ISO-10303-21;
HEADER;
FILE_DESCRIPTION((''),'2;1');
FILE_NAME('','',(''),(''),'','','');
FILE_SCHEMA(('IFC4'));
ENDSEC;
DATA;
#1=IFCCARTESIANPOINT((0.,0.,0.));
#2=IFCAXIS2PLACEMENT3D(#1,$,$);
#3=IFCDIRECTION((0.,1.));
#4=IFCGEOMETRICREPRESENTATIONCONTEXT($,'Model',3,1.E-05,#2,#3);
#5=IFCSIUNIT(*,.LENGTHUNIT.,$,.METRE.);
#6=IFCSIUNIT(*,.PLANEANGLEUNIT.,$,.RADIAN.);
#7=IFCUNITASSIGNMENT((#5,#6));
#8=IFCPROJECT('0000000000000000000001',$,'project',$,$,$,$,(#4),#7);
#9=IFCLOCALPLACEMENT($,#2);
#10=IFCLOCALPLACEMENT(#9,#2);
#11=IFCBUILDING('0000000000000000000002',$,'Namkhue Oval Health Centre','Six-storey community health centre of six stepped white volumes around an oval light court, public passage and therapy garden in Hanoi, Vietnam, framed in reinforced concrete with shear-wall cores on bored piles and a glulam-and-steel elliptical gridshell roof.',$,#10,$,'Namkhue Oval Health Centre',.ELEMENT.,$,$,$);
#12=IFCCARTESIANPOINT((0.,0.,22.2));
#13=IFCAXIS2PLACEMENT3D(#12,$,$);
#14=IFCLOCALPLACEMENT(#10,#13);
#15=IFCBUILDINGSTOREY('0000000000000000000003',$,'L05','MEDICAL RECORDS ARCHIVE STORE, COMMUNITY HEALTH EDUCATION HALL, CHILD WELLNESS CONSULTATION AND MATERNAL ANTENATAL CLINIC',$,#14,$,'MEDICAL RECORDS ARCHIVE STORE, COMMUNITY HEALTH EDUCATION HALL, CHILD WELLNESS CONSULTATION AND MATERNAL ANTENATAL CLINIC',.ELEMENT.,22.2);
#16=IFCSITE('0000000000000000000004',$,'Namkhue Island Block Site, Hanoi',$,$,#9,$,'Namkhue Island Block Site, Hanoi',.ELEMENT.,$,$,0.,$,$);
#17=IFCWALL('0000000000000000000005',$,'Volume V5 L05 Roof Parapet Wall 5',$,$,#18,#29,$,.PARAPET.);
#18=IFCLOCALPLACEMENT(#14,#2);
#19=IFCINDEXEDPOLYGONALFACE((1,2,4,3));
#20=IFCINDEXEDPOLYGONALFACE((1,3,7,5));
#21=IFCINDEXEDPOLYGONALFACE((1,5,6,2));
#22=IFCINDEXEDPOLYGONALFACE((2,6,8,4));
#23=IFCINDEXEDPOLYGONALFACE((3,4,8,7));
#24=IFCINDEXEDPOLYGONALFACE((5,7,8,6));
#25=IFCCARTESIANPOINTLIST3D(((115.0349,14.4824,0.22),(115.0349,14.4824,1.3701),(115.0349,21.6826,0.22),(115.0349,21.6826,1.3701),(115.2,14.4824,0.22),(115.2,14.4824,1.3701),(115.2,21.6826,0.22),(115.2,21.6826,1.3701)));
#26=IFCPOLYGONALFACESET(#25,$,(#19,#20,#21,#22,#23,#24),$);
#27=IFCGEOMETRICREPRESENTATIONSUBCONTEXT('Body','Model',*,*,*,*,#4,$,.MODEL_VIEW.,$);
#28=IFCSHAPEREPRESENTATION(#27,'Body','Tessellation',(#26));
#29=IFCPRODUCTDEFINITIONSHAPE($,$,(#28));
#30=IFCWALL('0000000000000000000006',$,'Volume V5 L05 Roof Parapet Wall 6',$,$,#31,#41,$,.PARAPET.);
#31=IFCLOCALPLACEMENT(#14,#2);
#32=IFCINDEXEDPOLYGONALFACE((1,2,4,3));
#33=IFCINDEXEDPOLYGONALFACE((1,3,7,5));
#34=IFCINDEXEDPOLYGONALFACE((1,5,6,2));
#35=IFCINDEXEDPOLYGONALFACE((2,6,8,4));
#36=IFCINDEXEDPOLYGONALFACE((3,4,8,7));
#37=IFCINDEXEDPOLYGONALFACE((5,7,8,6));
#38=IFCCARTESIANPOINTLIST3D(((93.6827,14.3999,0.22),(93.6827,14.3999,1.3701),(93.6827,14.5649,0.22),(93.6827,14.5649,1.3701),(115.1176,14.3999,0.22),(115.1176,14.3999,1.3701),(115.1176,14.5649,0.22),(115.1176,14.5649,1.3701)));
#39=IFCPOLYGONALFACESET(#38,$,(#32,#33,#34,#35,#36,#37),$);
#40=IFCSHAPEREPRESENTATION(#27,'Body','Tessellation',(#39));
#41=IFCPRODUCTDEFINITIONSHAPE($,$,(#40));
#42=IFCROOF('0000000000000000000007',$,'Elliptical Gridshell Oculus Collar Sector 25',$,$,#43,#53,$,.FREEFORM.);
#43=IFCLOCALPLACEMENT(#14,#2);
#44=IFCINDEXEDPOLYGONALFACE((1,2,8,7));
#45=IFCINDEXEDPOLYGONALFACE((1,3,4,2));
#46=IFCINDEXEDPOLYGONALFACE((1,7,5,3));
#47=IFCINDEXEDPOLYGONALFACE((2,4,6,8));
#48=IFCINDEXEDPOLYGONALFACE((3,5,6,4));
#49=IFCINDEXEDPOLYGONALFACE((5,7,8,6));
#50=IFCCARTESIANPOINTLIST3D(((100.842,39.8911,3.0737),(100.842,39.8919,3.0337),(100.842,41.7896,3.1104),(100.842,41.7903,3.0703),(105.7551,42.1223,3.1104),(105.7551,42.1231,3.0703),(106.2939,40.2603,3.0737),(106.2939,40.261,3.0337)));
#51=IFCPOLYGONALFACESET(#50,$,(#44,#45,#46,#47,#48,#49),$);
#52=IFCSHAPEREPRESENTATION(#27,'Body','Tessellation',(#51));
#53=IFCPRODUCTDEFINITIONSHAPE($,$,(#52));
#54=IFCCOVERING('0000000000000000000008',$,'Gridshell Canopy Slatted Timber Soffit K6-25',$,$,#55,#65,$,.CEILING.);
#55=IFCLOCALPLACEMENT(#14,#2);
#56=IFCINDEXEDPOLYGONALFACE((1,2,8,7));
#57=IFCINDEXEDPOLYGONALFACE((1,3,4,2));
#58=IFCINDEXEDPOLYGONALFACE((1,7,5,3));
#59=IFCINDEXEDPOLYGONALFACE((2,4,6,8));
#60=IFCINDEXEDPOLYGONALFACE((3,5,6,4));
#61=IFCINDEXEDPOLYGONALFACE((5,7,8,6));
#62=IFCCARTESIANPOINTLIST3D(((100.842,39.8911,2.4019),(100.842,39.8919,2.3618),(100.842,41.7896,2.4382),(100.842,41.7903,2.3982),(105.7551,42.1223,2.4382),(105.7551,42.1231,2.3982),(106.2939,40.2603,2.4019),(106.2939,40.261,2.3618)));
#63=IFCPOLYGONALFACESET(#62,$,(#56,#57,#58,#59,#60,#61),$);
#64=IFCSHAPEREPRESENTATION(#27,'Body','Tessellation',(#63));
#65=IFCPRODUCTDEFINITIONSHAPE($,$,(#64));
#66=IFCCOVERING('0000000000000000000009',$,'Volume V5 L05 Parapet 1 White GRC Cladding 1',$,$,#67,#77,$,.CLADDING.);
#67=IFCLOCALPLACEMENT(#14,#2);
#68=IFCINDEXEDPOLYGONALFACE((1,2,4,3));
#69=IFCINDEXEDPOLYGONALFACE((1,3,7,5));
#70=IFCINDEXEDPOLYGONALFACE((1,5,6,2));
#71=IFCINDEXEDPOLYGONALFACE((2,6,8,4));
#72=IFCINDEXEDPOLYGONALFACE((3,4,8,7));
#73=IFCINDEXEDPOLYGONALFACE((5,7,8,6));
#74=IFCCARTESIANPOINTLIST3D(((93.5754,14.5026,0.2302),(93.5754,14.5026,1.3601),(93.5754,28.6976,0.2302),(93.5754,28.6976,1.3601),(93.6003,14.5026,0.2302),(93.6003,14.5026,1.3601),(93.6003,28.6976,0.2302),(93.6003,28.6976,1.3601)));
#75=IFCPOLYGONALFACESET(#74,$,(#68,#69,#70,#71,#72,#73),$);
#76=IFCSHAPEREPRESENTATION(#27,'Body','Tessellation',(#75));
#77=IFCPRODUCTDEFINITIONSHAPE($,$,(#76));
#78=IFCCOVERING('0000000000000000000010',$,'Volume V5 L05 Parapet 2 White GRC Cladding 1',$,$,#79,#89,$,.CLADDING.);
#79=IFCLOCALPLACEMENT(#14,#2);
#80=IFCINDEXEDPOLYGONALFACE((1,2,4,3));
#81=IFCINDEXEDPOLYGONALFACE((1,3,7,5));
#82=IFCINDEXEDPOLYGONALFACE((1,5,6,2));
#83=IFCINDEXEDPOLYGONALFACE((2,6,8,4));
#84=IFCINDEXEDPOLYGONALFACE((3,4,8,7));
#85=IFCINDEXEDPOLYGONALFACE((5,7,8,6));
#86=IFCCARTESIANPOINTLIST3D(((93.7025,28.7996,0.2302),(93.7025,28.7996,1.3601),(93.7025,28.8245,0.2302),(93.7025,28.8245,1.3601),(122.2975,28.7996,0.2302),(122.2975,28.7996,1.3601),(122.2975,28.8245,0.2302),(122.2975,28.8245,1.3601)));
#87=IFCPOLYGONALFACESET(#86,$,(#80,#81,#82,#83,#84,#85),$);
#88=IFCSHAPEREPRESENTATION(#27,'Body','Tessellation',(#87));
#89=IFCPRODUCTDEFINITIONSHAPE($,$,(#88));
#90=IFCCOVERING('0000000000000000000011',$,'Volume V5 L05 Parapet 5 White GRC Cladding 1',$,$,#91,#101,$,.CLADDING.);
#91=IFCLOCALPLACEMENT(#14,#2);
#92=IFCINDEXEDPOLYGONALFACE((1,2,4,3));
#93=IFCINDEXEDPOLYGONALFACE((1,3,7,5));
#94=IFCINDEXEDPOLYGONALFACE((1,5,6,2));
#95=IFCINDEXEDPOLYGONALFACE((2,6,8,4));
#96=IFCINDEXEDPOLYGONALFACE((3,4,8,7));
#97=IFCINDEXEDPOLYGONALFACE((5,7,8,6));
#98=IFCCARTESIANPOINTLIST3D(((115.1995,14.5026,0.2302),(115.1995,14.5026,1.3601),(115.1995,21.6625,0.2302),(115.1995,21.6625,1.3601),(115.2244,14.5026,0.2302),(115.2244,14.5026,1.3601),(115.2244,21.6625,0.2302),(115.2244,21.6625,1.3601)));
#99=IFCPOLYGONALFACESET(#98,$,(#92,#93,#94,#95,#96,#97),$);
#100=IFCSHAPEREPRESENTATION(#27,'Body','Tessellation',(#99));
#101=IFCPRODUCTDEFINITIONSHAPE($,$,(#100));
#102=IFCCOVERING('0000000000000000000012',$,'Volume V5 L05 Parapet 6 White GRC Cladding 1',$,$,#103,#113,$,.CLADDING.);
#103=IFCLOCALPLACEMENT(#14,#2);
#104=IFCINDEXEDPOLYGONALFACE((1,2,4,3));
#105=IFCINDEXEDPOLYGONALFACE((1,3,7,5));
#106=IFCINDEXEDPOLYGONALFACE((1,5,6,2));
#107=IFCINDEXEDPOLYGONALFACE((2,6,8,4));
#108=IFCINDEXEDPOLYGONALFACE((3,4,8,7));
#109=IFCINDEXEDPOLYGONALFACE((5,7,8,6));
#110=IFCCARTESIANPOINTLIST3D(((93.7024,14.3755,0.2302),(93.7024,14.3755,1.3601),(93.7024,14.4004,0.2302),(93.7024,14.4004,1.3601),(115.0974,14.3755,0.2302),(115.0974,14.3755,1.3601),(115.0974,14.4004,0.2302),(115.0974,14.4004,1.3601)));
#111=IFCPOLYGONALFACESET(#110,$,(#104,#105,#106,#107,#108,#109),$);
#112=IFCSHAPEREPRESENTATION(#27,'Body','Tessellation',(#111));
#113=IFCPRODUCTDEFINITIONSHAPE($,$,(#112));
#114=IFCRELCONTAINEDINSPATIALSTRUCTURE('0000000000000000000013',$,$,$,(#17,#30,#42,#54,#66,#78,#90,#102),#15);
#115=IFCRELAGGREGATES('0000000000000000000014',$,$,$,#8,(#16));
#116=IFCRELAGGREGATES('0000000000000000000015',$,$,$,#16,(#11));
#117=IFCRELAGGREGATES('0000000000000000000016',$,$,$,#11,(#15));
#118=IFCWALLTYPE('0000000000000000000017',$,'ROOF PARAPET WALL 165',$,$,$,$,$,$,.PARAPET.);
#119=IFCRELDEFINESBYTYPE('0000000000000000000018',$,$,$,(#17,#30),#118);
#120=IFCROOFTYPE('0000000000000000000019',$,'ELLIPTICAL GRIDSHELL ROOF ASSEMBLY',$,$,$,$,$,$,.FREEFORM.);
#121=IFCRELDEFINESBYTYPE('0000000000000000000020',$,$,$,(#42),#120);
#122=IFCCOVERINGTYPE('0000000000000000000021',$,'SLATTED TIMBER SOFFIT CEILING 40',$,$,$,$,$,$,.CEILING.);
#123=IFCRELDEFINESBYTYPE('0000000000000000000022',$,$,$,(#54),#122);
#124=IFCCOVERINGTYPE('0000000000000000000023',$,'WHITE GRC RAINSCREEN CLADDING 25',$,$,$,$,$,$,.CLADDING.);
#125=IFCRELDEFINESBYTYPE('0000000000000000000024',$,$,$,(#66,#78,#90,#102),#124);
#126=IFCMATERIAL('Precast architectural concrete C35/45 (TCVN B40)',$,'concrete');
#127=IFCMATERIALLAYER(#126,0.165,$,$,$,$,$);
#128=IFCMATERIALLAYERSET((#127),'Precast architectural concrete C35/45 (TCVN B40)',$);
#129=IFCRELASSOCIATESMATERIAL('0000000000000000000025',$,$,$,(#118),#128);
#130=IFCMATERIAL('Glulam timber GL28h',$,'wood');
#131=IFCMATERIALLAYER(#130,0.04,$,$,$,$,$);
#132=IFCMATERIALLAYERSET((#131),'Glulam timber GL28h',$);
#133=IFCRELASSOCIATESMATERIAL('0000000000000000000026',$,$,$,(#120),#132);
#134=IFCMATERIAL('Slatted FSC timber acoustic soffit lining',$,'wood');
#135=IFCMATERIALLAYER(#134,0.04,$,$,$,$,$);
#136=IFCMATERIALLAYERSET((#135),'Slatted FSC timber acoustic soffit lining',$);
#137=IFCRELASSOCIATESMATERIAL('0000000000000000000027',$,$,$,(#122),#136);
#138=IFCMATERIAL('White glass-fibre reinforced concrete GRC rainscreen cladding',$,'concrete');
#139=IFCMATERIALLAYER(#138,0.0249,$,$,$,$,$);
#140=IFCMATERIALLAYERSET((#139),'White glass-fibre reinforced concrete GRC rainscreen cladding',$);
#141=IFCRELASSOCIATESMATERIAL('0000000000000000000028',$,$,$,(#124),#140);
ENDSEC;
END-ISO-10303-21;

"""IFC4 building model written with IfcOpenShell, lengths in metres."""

from ifc_helpers import new_model, si_unit, direction, frame, frame_2d, origin, origin_2d, place, context, subcontext, project, spatial, polyline, rectangle, outline, extrude, material, layer, layer_set, type_object, element, save


model = new_model("IFC4")

# Units and contexts
model_context = context("Model", 3, precision=1e-05, world=origin(), true_north=direction((0.0, 1.0)))
body_context = subcontext(model_context, "Body", "Model", "MODEL_VIEW")
ifc_project = project(units=[si_unit("LENGTHUNIT", "METRE"), si_unit("PLANEANGLEUNIT", "RADIAN")], contexts=[model_context])

# Site, building, storey
site_placement = place(None, origin())
site = spatial("IfcSite", under=ifc_project, at=site_placement, Name="Namkhue Island Block Site, Hanoi", LongName="Namkhue Island Block Site, Hanoi", CompositionType="ELEMENT", RefElevation=0.0)
building_placement = place(site_placement, origin())
building = spatial("IfcBuilding", under=site, at=building_placement, Name="Namkhue Oval Health Centre", Description="Six-storey community health centre of six stepped white volumes around an oval light court, public passage and therapy garden in Hanoi, Vietnam, framed in reinforced concrete with shear-wall cores on bored piles and a glulam-and-steel elliptical gridshell roof.", LongName="Namkhue Oval Health Centre", CompositionType="ELEMENT")
storey_placement = place(building_placement, frame((0.0, 0.0, 22.2)))
storey = spatial("IfcBuildingStorey", under=building, at=storey_placement, Name="L05", Description="MEDICAL RECORDS ARCHIVE STORE, COMMUNITY HEALTH EDUCATION HALL, CHILD WELLNESS CONSULTATION AND MATERNAL ANTENATAL CLINIC", LongName="MEDICAL RECORDS ARCHIVE STORE, COMMUNITY HEALTH EDUCATION HALL, CHILD WELLNESS CONSULTATION AND MATERNAL ANTENATAL CLINIC", CompositionType="ELEMENT", Elevation=22.2)

# Shared definitions
ifc_material_1 = material(Name="Glulam timber GL28h", Category="wood")

# Walls
ifc_material_2 = material(Name="Precast architectural concrete C35/45 (TCVN B40)", Category="concrete")
ifc_layer_1 = layer(ifc_material_2, 0.165)
ifc_layer_set_1 = layer_set([ifc_layer_1], Name="Precast architectural concrete C35/45 (TCVN B40)")
wall_type = type_object("IfcWallType", Name="ROOF PARAPET WALL 165", PredefinedType="PARAPET", material=ifc_layer_set_1)
wall_1_placement = place(storey_placement, frame((115.1174, 21.6826, 0.22), z_axis=(0.0, 0.0, 1.0), x_axis=(0.0, -1.0, 0.0)))
element("IfcWall", 1, at=wall_1_placement, inside=storey, type_object=wall_type, Name="Volume V5 L05 Roof Parapet Wall 5", PredefinedType="PARAPET", context=body_context, shape_type="SweptSolid", body=[
    extrude(rectangle(XDim=7.2002, YDim=0.165, at=frame_2d((3.6001, 0.0))), origin(), (0.0, 0.0, 1.0), 1.1501),
])
wall_2_placement = place(storey_placement, frame((115.1174, 14.4824, 0.22), z_axis=(0.0, 0.0, 1.0), x_axis=(-1.0, 0.0, 0.0)))
element("IfcWall", 2, at=wall_2_placement, inside=storey, type_object=wall_type, Name="Volume V5 L05 Roof Parapet Wall 6", PredefinedType="PARAPET", context=body_context, shape_type="SweptSolid", body=[
    extrude(rectangle(XDim=21.4348, YDim=0.165, at=frame_2d((10.7173, 0.0))), origin(), (0.0, 0.0, 1.0), 1.1501),
])

# Roof
ifc_layer_2 = layer(ifc_material_1, 0.04)
ifc_layer_set_2 = layer_set([ifc_layer_2], Name="Glulam timber GL28h")
roof_type = type_object("IfcRoofType", Name="ELLIPTICAL GRIDSHELL ROOF ASSEMBLY", PredefinedType="FREEFORM", material=ifc_layer_set_2)
roof_placement = place(storey_placement, frame((100.842, 39.8911, 3.0737), z_axis=(0.001306, -0.019286, 0.999813), x_axis=(0.997716, 0.067554, 0.0)))
element("IfcRoof", 3, at=roof_placement, inside=storey, type_object=roof_type, Name="Elliptical Gridshell Oculus Collar Sector 25", PredefinedType="FREEFORM", context=body_context, shape_type="SweptSolid", body=[
    extrude(outline(polyline([(0.0, 0.0), (5.4644, 0.0), (5.0526, 1.8946), (0.1282, 1.8945), (0.0, 0.0)])), origin(), (0.0, 0.0, -1.0), 0.04),
])

# Coverings
ifc_material_3 = material(Name="Slatted FSC timber acoustic soffit lining", Category="wood")
ifc_layer_3 = layer(ifc_material_3, 0.04)
ifc_layer_set_3 = layer_set([ifc_layer_3], Name="Slatted FSC timber acoustic soffit lining")
covering_type_1 = type_object("IfcCoveringType", Name="SLATTED TIMBER SOFFIT CEILING 40", PredefinedType="CEILING", material=ifc_layer_set_3)
covering_1_placement = place(storey_placement, frame((100.842, 39.8911, 2.4019), z_axis=(0.001297, -0.019157, 0.999816), x_axis=(0.997716, 0.067554, 0.0)))
element("IfcCovering", 4, at=covering_1_placement, inside=storey, type_object=covering_type_1, Name="Gridshell Canopy Slatted Timber Soffit K6-25", PredefinedType="CEILING", context=body_context, shape_type="SweptSolid", body=[
    extrude(outline(polyline([(0.0, 0.0), (5.4644, 0.0), (5.0526, 1.8946), (0.1282, 1.8945), (0.0, 0.0)])), origin(), (0.0, 0.0, -1.0), 0.04),
])
ifc_material_4 = material(Name="White glass-fibre reinforced concrete GRC rainscreen cladding", Category="concrete")
ifc_layer_4 = layer(ifc_material_4, 0.0249)
ifc_layer_set_4 = layer_set([ifc_layer_4], Name="White glass-fibre reinforced concrete GRC rainscreen cladding")
covering_type_2 = type_object("IfcCoveringType", Name="WHITE GRC RAINSCREEN CLADDING 25", PredefinedType="CLADDING", material=ifc_layer_set_4)
covering_2_placement = place(storey_placement, frame((93.5879, 21.6001, 0.2302), z_axis=(0.0, 0.0, 1.0), x_axis=(0.0, 1.0, 0.0)))
element("IfcCovering", 5, at=covering_2_placement, inside=storey, type_object=covering_type_2, Name="Volume V5 L05 Parapet 1 White GRC Cladding 1", PredefinedType="CLADDING", context=body_context, shape_type="SweptSolid", body=[
    extrude(rectangle(XDim=14.1951, YDim=0.0249, at=origin_2d()), origin(), (0.0, 0.0, 1.0), 1.1299),
])
covering_3_placement = place(storey_placement, frame((108.0, 28.812, 0.2302), z_axis=(0.0, 0.0, 1.0), x_axis=(1.0, 0.0, 0.0)))
element("IfcCovering", 6, at=covering_3_placement, inside=storey, type_object=covering_type_2, Name="Volume V5 L05 Parapet 2 White GRC Cladding 1", PredefinedType="CLADDING", context=body_context, shape_type="SweptSolid", body=[
    extrude(rectangle(XDim=28.595, YDim=0.0249, at=origin_2d()), origin(), (0.0, 0.0, 1.0), 1.1299),
])
covering_4_placement = place(storey_placement, frame((115.2119, 18.0825, 0.2302), z_axis=(0.0, 0.0, 1.0), x_axis=(0.0, -1.0, 0.0)))
element("IfcCovering", 7, at=covering_4_placement, inside=storey, type_object=covering_type_2, Name="Volume V5 L05 Parapet 5 White GRC Cladding 1", PredefinedType="CLADDING", context=body_context, shape_type="SweptSolid", body=[
    extrude(rectangle(XDim=7.1599, YDim=0.0249, at=origin_2d()), origin(), (0.0, 0.0, 1.0), 1.1299),
])
covering_5_placement = place(storey_placement, frame((104.3999, 14.3879, 0.2302), z_axis=(0.0, 0.0, 1.0), x_axis=(-1.0, 0.0, 0.0)))
element("IfcCovering", 8, at=covering_5_placement, inside=storey, type_object=covering_type_2, Name="Volume V5 L05 Parapet 6 White GRC Cladding 1", PredefinedType="CLADDING", context=body_context, shape_type="SweptSolid", body=[
    extrude(rectangle(XDim=21.395, YDim=0.0249, at=origin_2d()), origin(), (0.0, 0.0, 1.0), 1.1299),
])

save(model, "model.ifc")
